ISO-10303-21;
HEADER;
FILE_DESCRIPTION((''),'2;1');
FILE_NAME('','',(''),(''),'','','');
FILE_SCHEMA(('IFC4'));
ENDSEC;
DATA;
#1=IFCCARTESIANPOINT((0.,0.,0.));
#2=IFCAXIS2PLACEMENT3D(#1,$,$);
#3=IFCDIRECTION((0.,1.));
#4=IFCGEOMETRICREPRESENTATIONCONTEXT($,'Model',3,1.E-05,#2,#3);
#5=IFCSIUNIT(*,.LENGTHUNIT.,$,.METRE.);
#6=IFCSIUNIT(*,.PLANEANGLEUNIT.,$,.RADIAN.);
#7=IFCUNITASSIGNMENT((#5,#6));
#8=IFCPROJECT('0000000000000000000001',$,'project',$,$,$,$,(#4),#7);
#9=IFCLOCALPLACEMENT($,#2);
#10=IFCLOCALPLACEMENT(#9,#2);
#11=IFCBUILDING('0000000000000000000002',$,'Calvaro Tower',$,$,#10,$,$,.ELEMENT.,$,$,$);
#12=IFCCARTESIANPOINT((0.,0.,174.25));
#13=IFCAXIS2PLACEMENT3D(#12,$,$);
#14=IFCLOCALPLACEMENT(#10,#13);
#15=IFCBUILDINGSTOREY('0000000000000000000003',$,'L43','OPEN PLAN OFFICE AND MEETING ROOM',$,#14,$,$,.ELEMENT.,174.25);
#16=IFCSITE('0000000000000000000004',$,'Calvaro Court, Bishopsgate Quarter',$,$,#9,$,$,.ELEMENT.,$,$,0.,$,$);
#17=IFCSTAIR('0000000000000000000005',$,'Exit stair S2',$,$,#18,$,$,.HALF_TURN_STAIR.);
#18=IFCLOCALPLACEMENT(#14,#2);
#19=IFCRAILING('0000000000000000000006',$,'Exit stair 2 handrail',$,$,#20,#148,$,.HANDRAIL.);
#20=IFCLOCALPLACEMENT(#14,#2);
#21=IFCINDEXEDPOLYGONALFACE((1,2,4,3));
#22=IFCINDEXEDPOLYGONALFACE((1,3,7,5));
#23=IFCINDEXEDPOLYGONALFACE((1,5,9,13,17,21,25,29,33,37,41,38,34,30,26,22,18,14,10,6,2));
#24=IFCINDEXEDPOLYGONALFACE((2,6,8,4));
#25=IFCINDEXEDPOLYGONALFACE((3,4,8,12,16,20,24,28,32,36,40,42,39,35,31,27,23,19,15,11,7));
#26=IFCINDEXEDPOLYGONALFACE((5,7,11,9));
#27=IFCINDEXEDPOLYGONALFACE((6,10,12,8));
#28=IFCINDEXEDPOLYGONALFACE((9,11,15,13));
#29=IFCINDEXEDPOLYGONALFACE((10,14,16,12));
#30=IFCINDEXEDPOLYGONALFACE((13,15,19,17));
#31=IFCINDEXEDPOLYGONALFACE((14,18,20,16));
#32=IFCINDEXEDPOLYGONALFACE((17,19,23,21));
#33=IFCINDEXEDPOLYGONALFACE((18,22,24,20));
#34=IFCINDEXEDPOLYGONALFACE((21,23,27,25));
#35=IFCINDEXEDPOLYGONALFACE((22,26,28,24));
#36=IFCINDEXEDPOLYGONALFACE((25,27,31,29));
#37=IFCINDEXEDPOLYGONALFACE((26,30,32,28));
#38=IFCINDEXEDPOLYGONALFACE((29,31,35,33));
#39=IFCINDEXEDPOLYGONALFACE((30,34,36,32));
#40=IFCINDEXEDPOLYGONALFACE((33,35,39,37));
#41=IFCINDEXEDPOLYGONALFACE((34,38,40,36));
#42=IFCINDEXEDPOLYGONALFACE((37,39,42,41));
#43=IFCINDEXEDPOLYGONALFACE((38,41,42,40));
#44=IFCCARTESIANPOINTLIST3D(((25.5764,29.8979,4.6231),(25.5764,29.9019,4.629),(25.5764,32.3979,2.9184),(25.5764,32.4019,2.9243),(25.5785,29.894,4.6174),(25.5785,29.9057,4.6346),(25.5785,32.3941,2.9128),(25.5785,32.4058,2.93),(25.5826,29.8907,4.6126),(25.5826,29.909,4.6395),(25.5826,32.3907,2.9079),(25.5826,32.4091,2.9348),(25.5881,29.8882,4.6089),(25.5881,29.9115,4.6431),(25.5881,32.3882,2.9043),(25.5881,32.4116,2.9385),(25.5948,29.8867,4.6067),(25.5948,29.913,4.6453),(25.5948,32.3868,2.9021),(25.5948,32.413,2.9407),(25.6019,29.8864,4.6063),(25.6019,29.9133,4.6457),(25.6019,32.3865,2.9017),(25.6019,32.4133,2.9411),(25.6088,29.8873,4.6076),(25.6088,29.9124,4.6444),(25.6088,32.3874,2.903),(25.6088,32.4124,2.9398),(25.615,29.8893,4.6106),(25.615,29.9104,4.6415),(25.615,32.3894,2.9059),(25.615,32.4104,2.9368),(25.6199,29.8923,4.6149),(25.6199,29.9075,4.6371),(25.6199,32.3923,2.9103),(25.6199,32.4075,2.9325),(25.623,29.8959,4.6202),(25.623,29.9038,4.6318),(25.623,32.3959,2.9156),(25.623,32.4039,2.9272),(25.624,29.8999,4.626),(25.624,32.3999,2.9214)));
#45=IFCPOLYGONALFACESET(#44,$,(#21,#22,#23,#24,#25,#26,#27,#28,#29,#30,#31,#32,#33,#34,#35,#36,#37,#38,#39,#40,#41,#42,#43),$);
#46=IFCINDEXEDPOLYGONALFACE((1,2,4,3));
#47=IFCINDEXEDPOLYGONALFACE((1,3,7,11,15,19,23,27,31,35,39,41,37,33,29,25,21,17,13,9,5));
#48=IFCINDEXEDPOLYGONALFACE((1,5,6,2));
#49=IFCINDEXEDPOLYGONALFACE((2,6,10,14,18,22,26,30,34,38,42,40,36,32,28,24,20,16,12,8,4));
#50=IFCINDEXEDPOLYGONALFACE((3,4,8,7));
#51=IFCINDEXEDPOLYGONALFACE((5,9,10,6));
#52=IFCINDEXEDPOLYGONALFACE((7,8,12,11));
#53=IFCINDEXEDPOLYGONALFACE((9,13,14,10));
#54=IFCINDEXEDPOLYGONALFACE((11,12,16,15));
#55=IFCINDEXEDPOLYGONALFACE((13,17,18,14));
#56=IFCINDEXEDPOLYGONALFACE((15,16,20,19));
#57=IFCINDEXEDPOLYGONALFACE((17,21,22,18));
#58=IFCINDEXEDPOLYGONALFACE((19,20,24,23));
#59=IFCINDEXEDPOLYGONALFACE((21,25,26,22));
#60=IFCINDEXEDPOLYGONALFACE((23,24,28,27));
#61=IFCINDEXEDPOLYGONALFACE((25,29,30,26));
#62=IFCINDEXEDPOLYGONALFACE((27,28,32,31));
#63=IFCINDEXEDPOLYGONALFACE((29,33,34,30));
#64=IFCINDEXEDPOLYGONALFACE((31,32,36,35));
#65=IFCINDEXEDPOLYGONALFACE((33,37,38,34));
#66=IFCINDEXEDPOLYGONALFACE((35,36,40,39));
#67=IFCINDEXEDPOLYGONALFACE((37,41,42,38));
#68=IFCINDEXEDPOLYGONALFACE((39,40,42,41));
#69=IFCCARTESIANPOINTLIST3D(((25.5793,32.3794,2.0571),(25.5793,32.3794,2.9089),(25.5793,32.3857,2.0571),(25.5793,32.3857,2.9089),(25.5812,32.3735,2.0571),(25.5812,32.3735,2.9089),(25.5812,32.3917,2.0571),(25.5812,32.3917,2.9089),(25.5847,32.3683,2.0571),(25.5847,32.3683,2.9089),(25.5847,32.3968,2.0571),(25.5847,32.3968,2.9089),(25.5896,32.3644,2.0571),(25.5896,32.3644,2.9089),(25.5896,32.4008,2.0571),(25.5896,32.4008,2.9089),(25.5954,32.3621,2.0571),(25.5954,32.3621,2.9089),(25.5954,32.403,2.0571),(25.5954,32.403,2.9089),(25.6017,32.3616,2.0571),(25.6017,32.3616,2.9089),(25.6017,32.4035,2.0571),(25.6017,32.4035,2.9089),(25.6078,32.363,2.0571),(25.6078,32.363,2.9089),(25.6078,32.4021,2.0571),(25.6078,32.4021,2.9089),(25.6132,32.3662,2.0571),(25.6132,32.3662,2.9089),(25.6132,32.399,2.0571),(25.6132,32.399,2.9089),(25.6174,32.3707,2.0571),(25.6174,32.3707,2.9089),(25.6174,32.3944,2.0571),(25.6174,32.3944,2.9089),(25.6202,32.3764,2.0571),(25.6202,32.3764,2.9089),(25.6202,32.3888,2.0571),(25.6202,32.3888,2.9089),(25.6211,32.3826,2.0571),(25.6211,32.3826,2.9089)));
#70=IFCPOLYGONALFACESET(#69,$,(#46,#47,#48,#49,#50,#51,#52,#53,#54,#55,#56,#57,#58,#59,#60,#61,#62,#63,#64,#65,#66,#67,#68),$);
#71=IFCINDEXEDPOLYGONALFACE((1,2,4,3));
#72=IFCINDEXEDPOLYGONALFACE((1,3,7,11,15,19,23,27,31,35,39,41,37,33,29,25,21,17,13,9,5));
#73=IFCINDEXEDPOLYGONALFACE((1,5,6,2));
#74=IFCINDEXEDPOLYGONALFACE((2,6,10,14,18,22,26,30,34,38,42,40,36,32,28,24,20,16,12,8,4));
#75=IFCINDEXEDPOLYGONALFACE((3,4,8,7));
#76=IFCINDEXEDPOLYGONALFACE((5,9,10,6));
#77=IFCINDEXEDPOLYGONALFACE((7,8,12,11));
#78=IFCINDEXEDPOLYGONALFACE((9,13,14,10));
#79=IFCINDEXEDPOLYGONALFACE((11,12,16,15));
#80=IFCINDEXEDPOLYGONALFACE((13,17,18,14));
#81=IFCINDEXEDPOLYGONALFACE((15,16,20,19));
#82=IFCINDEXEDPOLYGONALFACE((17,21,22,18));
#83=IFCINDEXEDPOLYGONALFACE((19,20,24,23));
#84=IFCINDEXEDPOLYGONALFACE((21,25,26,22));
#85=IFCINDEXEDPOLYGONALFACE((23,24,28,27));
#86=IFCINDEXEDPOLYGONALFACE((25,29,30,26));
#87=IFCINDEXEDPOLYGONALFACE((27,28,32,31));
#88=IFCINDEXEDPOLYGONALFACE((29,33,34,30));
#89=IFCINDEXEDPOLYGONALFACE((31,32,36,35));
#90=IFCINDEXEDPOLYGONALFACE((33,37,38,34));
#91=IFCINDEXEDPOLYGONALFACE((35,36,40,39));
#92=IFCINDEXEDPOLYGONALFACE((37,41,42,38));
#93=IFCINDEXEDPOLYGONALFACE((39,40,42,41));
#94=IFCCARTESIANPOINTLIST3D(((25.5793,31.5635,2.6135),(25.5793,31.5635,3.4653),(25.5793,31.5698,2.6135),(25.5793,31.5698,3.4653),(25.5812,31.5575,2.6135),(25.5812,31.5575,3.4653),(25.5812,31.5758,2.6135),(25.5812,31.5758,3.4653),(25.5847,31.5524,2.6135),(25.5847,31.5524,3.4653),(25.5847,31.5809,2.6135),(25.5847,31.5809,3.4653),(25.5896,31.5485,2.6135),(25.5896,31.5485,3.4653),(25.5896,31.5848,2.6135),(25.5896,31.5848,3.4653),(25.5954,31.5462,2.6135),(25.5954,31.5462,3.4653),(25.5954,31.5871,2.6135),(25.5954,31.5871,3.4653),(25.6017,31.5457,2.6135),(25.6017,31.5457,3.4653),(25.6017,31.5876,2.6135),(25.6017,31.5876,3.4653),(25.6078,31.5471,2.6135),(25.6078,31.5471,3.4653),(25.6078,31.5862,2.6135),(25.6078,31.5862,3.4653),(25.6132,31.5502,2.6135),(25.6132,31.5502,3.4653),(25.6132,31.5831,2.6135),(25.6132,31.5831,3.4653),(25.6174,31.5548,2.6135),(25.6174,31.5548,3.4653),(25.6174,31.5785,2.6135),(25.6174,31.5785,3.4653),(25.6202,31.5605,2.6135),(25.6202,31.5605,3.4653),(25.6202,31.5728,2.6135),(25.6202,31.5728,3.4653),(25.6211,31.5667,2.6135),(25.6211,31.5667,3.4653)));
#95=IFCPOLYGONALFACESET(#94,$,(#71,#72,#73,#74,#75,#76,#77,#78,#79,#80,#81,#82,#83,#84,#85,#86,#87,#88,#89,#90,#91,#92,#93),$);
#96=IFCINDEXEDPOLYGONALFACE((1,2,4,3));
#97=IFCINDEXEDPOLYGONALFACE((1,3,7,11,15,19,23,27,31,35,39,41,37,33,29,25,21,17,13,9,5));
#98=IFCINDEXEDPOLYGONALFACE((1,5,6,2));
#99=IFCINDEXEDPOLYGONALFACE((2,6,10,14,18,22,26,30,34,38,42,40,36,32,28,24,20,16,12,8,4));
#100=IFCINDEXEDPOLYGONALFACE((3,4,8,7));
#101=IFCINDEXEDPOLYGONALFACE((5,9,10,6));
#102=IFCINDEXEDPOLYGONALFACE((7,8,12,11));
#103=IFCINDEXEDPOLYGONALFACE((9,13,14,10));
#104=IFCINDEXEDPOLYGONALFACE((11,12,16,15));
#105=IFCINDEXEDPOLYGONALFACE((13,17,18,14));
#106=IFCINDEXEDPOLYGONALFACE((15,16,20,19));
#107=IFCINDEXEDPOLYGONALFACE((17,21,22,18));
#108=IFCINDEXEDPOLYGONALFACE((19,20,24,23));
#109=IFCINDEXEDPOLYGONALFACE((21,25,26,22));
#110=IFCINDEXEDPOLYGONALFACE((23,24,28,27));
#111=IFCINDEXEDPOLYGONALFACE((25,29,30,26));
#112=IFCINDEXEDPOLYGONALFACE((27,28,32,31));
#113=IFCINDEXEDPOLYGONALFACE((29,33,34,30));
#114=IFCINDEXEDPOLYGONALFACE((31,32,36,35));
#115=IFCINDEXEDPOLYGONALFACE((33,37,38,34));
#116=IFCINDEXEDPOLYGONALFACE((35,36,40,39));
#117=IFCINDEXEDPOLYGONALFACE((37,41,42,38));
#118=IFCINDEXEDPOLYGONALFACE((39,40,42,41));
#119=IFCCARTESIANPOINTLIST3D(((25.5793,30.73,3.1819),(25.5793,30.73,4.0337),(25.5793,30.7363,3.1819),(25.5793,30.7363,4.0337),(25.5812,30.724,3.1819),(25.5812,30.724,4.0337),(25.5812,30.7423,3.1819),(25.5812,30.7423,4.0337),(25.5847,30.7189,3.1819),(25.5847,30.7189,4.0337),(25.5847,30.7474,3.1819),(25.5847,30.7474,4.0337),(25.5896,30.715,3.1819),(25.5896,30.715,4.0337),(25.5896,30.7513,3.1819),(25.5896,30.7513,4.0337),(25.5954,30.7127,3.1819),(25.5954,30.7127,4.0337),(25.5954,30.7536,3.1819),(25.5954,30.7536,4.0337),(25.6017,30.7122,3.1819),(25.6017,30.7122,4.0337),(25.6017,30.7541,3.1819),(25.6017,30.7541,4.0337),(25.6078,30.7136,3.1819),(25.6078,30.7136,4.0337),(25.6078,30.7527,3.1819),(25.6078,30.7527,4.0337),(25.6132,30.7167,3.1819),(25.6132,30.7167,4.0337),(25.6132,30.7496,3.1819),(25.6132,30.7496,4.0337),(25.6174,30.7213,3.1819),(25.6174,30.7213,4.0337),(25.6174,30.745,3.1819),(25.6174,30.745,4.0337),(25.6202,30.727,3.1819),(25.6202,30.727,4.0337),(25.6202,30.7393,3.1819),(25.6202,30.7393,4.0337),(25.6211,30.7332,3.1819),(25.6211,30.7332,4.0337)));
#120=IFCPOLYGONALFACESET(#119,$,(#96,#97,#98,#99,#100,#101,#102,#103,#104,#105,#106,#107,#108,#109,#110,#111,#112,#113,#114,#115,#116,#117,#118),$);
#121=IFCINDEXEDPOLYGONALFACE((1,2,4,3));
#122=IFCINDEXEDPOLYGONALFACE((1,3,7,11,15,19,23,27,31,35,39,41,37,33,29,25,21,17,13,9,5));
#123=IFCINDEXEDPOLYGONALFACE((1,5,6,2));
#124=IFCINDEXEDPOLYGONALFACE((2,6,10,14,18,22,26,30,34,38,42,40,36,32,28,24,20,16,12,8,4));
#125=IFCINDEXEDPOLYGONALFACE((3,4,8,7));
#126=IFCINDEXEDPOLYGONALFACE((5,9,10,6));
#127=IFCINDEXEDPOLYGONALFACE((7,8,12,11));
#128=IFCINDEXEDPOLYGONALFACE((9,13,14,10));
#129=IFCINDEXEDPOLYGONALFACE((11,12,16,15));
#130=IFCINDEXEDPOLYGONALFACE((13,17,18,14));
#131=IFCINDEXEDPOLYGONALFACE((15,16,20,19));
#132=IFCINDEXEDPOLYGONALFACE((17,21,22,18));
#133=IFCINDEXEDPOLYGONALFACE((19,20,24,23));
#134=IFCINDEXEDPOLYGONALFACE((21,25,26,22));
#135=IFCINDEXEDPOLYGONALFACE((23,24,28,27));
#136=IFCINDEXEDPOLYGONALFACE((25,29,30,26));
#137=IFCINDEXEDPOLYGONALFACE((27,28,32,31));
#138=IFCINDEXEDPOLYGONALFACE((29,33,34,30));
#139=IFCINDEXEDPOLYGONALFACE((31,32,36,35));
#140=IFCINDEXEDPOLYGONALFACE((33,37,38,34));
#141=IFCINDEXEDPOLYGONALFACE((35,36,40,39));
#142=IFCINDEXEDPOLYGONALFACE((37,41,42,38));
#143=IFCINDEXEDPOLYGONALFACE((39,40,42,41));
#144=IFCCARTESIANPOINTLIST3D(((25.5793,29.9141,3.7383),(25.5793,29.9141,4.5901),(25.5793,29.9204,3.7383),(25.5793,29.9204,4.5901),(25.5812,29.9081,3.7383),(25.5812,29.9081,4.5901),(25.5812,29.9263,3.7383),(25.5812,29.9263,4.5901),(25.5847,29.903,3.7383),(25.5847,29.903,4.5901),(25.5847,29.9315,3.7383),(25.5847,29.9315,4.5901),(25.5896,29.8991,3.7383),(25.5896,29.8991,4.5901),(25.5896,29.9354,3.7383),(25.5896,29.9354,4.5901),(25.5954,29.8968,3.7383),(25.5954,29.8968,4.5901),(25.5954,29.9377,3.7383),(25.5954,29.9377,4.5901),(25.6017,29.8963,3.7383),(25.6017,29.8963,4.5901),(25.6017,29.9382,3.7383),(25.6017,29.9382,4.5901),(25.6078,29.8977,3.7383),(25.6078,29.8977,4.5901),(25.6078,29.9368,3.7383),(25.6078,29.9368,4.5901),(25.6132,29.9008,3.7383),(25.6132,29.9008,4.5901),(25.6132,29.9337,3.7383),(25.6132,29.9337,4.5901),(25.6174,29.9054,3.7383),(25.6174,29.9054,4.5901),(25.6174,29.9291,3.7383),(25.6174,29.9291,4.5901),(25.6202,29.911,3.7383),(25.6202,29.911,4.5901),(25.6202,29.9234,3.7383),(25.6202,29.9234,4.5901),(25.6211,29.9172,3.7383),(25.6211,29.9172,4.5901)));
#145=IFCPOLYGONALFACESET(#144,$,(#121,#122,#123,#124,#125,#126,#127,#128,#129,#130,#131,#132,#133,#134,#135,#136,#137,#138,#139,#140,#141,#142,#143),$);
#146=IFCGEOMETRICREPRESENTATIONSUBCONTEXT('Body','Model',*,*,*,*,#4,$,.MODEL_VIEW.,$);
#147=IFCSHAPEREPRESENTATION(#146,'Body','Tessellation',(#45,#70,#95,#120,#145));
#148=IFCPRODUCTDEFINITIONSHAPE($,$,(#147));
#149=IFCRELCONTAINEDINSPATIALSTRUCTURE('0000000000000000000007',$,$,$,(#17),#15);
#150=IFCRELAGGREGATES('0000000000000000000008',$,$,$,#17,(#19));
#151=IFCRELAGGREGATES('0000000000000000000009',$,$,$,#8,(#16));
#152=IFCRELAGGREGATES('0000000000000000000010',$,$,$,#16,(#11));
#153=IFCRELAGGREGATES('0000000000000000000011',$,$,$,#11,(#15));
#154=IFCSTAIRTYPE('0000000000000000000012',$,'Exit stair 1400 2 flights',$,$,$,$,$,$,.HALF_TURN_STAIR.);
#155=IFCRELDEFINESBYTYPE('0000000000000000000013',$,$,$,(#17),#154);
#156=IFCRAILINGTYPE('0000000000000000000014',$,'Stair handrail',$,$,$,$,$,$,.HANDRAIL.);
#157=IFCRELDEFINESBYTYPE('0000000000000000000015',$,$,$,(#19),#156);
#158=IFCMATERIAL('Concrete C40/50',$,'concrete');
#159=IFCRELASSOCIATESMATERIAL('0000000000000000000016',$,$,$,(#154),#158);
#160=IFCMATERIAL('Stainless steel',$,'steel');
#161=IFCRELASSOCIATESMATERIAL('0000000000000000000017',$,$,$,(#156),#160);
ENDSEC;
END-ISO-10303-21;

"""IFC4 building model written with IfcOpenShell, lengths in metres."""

from ifc_helpers import new_model, si_unit, direction, frame, origin, origin_2d, place, context, subcontext, project, spatial, circle, extrude, material, type_object, element, aggregate, save


model = new_model("IFC4")

# Units and contexts
model_context = context("Model", 3, precision=1e-05, world=origin(), true_north=direction((0.0, 1.0)))
body_context = subcontext(model_context, "Body", "Model", "MODEL_VIEW")
ifc_project = project(units=[si_unit("LENGTHUNIT", "METRE"), si_unit("PLANEANGLEUNIT", "RADIAN")], contexts=[model_context])

# Site, building, storey
site_placement = place(None, origin())
site = spatial("IfcSite", under=ifc_project, at=site_placement, Name="Calvaro Court, Bishopsgate Quarter", CompositionType="ELEMENT", RefElevation=0.0)
building_placement = place(site_placement, origin())
building = spatial("IfcBuilding", under=site, at=building_placement, Name="Calvaro Tower", CompositionType="ELEMENT")
storey_placement = place(building_placement, frame((0.0, 0.0, 174.25)))
storey = spatial("IfcBuildingStorey", under=building, at=storey_placement, Name="L43", Description="OPEN PLAN OFFICE AND MEETING ROOM", CompositionType="ELEMENT", Elevation=174.25)

# Stair, railing
ifc_material_1 = material(Name="Concrete C40/50", Category="concrete")
stair_type = type_object("IfcStairType", Name="Exit stair 1400 2 flights", PredefinedType="HALF_TURN_STAIR", material=ifc_material_1)
stair_placement = place(storey_placement, origin())
stair = element("IfcStair", 1, at=stair_placement, inside=storey, type_object=stair_type, Name="Exit stair S2", PredefinedType="HALF_TURN_STAIR")
ifc_material_2 = material(Name="Stainless steel", Category="steel")
railing_type = type_object("IfcRailingType", Name="Stair handrail", PredefinedType="HANDRAIL", material=ifc_material_2)
railing_1_placement = place(storey_placement, frame((25.6001, 32.3999, 2.0454)))
railing_1 = element("IfcRailing", 2, at=railing_1_placement, type_object=railing_type, Name="Exit stair 2 handrail", PredefinedType="HANDRAIL", context=body_context, shape_type="SweptSolid", body=[
    extrude(circle(Radius=0.0239, at=origin_2d()), frame((0.0, 0.0, 0.876), z_axis=(0.0, -0.826221, 0.563347), x_axis=(1.0, 0.0, 0.0)), (0.0, 0.0, 1.0), 3.0259),
    extrude(circle(Radius=0.021, at=origin_2d()), frame((0.0, -0.0173, 0.0117)), (0.0, 0.0, 1.0), 0.8518),
    extrude(circle(Radius=0.021, at=origin_2d()), frame((0.0, -0.8333, 0.5681)), (0.0, 0.0, 1.0), 0.8518),
    extrude(circle(Radius=0.021, at=origin_2d()), frame((0.0, -1.6667, 1.1365)), (0.0, 0.0, 1.0), 0.8518),
    extrude(circle(Radius=0.021, at=origin_2d()), frame((0.0, -2.4827, 1.6929)), (0.0, 0.0, 1.0), 0.8518),
])
aggregate(stair, [railing_1])

save(model, "model.ifc")
